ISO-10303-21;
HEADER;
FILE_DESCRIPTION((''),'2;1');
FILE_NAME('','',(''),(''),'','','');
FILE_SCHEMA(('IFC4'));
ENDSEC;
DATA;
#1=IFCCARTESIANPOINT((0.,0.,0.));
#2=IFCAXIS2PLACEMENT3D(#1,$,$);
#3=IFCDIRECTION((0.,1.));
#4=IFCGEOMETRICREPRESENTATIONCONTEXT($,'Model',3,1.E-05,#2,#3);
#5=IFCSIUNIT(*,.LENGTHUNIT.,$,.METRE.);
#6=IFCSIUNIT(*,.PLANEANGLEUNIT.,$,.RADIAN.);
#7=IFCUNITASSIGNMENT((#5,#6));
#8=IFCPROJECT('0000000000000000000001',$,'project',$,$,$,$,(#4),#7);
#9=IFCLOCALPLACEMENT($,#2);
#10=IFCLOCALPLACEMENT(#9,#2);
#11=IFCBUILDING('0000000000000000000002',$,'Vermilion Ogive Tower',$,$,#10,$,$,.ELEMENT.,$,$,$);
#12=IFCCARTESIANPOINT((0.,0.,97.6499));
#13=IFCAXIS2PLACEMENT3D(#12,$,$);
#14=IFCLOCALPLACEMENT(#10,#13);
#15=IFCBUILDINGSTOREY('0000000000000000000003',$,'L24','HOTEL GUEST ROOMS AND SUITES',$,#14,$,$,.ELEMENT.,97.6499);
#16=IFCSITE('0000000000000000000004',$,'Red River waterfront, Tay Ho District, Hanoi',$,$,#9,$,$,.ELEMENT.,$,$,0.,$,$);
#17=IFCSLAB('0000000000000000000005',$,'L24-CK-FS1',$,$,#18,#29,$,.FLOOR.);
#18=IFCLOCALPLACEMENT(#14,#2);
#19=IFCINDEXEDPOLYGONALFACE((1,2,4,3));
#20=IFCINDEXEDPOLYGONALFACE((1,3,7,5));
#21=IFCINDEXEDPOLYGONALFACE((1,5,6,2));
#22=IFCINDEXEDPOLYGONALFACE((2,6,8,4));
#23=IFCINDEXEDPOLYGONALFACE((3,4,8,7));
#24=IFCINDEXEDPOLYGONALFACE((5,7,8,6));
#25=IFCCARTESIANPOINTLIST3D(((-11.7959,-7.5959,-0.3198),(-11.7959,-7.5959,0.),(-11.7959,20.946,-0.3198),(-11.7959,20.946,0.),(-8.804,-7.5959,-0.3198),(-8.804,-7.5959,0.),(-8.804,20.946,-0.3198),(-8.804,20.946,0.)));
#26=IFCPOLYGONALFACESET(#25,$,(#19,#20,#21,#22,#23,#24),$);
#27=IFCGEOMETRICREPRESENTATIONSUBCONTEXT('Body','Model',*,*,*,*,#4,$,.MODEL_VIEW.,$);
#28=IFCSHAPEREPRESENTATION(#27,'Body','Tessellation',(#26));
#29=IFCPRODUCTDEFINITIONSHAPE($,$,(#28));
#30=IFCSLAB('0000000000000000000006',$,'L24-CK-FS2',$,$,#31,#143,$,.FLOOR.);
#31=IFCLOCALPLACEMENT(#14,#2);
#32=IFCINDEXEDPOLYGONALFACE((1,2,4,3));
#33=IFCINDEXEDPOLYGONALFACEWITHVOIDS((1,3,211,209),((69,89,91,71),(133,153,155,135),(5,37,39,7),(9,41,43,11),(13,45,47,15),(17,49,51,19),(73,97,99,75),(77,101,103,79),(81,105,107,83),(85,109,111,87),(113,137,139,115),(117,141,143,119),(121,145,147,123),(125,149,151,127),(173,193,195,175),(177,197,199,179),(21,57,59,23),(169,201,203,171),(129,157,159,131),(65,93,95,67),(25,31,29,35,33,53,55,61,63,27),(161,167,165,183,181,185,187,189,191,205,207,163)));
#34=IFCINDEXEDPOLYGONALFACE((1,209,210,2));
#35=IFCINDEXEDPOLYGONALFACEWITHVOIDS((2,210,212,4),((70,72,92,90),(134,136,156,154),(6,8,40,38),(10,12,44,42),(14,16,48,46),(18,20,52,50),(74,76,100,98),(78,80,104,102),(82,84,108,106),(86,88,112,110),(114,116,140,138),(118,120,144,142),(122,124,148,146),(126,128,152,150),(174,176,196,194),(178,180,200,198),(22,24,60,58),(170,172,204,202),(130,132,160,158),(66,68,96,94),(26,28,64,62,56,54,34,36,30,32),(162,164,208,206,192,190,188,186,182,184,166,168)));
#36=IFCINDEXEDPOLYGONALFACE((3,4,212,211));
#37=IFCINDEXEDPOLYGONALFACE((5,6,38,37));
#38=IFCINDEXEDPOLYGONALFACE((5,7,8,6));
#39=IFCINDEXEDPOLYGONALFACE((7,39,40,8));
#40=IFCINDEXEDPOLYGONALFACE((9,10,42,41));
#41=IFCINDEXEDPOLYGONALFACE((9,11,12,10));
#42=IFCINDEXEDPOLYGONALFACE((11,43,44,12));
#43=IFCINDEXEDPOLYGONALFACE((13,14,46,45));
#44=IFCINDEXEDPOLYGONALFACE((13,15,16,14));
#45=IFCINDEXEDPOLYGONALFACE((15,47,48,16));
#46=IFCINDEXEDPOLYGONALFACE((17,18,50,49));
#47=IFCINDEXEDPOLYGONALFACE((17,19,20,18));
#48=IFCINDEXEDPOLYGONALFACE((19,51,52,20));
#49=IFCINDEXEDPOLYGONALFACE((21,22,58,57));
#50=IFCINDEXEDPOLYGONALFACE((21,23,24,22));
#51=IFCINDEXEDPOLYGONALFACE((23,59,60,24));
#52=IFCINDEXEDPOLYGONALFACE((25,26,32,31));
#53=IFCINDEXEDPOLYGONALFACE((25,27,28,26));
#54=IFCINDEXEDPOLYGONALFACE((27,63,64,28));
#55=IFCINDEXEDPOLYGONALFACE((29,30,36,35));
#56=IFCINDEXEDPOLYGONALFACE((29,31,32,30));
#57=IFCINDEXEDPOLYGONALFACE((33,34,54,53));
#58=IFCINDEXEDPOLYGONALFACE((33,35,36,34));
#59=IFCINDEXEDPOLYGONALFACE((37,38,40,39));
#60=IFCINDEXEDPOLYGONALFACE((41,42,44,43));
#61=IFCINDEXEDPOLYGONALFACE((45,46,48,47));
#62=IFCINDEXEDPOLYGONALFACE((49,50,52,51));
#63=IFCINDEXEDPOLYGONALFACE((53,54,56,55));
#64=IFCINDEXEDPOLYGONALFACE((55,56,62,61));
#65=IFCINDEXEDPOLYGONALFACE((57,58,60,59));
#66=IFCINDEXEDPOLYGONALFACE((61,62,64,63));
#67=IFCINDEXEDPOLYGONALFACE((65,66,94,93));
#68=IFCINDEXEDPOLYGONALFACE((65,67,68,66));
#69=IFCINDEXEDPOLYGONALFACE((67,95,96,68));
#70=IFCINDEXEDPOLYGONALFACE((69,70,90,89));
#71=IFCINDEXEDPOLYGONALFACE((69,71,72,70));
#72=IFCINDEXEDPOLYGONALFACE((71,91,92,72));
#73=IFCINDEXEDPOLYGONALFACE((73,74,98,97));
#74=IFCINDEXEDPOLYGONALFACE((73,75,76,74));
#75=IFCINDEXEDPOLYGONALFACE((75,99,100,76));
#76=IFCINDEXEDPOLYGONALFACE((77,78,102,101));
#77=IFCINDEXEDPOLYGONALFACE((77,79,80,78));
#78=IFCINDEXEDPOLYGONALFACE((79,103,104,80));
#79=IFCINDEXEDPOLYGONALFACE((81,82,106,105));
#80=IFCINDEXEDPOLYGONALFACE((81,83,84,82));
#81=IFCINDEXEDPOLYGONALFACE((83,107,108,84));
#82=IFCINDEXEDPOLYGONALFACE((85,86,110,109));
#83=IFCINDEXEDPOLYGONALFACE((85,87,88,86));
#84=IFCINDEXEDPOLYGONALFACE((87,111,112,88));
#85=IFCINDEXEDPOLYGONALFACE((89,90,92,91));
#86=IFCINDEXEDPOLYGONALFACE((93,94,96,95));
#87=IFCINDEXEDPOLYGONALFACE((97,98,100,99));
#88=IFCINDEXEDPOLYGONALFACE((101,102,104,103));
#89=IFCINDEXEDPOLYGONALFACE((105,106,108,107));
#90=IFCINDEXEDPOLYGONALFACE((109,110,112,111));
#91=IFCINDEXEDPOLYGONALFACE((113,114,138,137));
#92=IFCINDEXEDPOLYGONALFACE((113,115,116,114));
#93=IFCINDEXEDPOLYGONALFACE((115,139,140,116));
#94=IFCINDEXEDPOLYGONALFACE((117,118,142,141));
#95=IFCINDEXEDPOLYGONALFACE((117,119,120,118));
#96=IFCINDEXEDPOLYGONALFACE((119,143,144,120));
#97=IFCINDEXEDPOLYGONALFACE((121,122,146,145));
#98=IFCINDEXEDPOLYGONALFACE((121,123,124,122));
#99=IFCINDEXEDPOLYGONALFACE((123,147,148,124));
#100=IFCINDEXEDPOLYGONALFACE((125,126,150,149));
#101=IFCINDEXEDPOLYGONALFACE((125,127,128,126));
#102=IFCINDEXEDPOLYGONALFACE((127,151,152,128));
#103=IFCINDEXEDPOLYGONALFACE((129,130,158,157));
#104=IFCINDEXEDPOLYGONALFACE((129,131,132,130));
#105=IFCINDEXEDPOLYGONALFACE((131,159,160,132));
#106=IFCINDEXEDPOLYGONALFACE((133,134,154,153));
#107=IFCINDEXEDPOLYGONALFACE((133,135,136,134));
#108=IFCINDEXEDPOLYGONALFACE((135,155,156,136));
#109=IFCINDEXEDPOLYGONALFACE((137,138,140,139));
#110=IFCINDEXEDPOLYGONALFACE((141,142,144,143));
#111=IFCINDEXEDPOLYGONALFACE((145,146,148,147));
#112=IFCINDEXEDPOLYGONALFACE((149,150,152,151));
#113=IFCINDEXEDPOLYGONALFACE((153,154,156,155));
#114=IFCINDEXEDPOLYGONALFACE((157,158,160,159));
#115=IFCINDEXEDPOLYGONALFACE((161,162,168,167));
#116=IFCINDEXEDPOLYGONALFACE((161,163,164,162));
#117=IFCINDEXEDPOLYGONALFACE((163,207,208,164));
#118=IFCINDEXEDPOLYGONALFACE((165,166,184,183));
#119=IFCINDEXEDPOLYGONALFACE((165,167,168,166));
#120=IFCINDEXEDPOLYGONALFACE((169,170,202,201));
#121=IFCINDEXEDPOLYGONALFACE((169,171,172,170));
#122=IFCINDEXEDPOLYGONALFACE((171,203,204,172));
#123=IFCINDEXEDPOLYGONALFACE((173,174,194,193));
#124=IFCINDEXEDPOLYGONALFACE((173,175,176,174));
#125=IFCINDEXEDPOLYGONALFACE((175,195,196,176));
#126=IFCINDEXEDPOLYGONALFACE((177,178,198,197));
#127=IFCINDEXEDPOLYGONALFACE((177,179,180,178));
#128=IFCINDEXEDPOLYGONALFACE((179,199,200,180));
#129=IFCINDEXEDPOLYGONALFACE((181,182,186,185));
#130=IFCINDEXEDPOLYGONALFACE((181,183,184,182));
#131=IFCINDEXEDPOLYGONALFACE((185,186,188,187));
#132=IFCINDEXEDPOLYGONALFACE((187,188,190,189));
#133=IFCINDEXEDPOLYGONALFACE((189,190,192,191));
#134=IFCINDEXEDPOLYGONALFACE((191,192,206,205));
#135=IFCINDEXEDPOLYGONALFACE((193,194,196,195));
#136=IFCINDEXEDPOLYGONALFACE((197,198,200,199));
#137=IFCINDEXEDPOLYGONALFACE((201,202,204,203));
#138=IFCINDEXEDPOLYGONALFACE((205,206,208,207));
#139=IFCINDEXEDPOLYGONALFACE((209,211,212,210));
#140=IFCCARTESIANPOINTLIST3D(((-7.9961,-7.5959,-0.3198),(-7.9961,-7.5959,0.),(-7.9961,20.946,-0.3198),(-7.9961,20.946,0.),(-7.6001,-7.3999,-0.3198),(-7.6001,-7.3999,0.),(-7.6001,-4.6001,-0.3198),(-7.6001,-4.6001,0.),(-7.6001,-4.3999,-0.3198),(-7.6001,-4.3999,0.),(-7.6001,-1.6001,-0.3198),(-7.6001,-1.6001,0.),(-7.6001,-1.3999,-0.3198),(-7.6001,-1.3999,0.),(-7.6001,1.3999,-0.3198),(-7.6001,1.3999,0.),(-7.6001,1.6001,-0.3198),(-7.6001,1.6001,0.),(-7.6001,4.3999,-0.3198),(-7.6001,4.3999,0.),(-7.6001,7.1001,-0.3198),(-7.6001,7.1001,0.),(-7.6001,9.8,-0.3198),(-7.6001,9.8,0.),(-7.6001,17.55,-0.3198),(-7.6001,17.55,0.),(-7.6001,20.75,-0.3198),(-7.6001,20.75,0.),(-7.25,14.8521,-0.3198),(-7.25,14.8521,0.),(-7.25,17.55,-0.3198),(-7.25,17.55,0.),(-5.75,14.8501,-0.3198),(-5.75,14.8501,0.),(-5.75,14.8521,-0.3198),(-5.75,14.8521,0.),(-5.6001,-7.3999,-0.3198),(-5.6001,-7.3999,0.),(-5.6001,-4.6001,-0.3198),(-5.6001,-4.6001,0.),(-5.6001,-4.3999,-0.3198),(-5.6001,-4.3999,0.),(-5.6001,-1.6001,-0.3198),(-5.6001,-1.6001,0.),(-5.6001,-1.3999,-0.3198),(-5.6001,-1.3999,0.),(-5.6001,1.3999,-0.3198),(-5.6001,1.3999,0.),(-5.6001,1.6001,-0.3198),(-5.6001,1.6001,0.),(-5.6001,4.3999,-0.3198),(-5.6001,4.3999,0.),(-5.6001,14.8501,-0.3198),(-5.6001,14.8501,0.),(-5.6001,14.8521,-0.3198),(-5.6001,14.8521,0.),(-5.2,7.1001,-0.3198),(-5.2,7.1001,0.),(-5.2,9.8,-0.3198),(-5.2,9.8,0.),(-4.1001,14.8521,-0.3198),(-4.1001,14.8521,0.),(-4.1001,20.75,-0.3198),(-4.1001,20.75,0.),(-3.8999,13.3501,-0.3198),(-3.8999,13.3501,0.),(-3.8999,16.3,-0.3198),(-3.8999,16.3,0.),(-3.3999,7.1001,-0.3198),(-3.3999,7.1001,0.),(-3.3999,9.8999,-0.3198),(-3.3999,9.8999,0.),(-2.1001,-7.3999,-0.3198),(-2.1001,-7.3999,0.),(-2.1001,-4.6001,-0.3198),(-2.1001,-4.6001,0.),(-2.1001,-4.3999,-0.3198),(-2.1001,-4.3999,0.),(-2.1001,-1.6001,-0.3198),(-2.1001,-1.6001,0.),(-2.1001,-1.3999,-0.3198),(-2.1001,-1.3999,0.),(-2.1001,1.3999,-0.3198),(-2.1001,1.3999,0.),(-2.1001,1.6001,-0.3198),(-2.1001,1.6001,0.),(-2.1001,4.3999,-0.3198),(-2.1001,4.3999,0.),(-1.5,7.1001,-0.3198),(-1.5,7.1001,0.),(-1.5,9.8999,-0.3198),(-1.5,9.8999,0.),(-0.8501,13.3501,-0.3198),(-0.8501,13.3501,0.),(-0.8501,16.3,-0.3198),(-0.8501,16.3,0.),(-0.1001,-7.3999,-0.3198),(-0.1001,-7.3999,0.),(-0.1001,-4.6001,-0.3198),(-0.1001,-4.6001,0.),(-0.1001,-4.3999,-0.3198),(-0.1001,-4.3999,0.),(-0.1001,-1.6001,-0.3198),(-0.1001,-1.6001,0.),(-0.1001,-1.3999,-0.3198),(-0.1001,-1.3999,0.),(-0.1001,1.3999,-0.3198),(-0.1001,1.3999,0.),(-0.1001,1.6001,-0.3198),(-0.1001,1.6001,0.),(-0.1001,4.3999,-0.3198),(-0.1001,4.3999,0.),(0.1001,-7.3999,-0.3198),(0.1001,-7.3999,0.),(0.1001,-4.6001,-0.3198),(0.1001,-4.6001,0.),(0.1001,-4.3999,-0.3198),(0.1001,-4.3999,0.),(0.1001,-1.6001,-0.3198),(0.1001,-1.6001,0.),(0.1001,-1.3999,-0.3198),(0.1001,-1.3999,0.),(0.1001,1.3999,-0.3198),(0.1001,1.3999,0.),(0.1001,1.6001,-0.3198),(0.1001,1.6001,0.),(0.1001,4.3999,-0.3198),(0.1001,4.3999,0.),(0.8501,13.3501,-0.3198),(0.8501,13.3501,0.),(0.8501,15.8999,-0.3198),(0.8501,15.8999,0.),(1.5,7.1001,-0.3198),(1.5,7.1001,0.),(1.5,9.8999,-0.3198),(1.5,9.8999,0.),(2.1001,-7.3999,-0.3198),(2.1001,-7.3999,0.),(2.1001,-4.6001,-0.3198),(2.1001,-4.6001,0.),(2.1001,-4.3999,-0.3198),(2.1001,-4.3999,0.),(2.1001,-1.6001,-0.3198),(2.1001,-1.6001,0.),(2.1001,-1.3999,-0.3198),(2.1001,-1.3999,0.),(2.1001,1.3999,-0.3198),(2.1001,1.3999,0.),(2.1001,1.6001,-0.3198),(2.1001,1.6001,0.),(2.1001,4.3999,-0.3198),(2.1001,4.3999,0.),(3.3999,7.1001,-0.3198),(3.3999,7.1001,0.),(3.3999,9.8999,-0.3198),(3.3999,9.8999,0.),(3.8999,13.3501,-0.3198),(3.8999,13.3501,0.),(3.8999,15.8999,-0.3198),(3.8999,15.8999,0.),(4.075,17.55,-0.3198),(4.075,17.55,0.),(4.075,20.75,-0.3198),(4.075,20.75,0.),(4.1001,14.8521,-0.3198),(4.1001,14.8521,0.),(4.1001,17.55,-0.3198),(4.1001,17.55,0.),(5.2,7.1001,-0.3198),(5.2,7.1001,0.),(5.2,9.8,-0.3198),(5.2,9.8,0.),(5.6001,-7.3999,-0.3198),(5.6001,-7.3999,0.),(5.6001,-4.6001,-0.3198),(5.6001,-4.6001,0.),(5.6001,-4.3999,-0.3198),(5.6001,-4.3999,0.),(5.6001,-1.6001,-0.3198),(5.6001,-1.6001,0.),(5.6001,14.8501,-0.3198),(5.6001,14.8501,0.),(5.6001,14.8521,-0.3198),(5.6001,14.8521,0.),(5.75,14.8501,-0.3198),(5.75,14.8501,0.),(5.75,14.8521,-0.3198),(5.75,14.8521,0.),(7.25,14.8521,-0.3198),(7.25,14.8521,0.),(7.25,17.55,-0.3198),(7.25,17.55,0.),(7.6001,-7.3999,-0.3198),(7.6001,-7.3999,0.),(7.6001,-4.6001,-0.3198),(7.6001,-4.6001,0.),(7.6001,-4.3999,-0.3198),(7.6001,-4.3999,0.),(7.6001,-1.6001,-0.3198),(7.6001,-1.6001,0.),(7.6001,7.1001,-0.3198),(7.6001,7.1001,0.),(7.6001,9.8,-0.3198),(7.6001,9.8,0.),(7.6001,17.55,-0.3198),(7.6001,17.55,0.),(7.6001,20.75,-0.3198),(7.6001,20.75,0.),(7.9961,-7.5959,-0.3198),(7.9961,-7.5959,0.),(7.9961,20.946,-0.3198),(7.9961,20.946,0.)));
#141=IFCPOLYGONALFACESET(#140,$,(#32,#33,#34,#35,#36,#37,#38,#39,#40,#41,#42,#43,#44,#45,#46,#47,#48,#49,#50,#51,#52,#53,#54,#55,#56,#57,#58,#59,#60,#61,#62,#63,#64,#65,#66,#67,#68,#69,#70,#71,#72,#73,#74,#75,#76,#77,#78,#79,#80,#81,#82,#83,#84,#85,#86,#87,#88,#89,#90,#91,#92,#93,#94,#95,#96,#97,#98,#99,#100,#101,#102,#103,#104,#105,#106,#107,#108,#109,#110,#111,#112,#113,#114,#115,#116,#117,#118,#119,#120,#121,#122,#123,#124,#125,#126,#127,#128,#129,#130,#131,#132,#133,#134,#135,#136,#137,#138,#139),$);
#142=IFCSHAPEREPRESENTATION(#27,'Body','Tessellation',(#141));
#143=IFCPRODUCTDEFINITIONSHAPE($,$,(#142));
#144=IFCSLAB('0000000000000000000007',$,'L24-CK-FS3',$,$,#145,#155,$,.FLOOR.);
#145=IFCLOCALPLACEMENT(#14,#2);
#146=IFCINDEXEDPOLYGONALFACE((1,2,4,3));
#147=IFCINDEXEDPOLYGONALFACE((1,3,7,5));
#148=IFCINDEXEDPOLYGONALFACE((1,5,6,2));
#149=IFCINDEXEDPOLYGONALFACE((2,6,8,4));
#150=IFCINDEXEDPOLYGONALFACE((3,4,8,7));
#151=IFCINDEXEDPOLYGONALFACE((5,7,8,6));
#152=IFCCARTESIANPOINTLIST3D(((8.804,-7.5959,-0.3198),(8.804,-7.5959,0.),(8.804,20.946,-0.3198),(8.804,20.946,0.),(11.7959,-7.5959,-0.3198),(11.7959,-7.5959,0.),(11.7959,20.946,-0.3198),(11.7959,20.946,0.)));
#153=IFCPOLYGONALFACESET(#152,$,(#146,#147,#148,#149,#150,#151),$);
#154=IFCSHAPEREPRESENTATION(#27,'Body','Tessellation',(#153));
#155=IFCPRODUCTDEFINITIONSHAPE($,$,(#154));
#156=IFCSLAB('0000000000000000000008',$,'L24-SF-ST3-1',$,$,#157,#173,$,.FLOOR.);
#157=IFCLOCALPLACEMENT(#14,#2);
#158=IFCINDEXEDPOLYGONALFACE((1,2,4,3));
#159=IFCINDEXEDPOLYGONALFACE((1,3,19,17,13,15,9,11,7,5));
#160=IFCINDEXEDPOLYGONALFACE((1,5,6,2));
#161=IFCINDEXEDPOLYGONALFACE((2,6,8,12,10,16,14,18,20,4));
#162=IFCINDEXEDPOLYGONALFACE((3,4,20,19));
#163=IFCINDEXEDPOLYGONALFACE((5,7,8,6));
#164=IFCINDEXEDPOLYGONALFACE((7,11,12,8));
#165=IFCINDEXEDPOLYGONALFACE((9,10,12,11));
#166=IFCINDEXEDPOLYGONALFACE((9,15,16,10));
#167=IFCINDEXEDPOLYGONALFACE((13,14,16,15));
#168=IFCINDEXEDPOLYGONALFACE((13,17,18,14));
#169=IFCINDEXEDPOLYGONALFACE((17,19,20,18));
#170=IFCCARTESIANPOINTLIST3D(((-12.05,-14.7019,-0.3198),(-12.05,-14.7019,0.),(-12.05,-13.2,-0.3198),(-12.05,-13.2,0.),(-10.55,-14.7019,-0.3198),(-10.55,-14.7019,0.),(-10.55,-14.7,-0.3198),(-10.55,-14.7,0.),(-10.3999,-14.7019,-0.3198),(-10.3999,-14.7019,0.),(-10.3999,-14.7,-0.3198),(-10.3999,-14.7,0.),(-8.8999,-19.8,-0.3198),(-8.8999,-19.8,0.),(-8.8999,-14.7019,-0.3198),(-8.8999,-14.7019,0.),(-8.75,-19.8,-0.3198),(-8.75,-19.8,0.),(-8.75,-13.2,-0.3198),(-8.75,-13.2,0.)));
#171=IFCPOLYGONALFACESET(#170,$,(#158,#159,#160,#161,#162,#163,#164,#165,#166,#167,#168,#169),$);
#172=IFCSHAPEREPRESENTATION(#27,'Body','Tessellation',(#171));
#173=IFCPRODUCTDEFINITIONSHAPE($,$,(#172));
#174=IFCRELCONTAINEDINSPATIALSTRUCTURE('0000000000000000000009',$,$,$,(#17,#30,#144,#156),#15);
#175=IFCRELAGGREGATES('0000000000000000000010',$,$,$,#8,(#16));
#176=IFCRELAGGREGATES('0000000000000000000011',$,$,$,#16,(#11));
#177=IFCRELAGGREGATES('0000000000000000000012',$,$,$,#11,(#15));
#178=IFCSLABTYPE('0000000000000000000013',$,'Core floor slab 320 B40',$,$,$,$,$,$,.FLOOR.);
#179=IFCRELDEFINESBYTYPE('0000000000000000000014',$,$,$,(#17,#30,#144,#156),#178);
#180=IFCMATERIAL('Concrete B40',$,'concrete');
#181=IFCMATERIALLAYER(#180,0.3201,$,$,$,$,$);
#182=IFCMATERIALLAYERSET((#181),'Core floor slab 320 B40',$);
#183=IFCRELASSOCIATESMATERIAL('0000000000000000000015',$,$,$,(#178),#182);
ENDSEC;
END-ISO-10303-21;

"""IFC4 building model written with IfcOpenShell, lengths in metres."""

from ifc_helpers import new_model, si_unit, direction, frame, origin, place, context, subcontext, project, spatial, polyline, outline, extrude, material, layer, layer_set, type_object, element, save


model = new_model("IFC4")

# Units and contexts
model_context = context("Model", 3, precision=1e-05, world=origin(), true_north=direction((0.0, 1.0)))
body_context = subcontext(model_context, "Body", "Model", "MODEL_VIEW")
ifc_project = project(units=[si_unit("LENGTHUNIT", "METRE"), si_unit("PLANEANGLEUNIT", "RADIAN")], contexts=[model_context])

# Site, building, storey
site_placement = place(None, origin())
site = spatial("IfcSite", under=ifc_project, at=site_placement, Name="Red River waterfront, Tay Ho District, Hanoi", CompositionType="ELEMENT", RefElevation=0.0)
building_placement = place(site_placement, origin())
building = spatial("IfcBuilding", under=site, at=building_placement, Name="Vermilion Ogive Tower", CompositionType="ELEMENT")
storey_placement = place(building_placement, frame((0.0, 0.0, 97.6499)))
storey = spatial("IfcBuildingStorey", under=building, at=storey_placement, Name="L24", Description="HOTEL GUEST ROOMS AND SUITES", CompositionType="ELEMENT", Elevation=97.6499)

# Slabs
ifc_material_1 = material(Name="Concrete B40", Category="concrete")
ifc_layer_1 = layer(ifc_material_1, 0.3201)
ifc_layer_set_1 = layer_set([ifc_layer_1], Name="Core floor slab 320 B40")
slab_type_1 = type_object("IfcSlabType", Name="Core floor slab 320 B40", PredefinedType="FLOOR", material=ifc_layer_set_1)
slab_1_placement = place(storey_placement, frame((0.0, 0.0, -0.3198)))
element("IfcSlab", 1, at=slab_1_placement, inside=storey, type_object=slab_type_1, Name="L24-CK-FS1", PredefinedType="FLOOR", context=body_context, shape_type="SweptSolid", body=[
    extrude(outline(polyline([(-8.804, 20.946), (-8.804, -7.5959), (-11.7959, -7.5959), (-11.7959, 20.946), (-8.804, 20.946)])), origin(), (0.0, 0.0, 1.0), 0.3198),
])
slab_2_placement = place(storey_placement, frame((0.0, 0.0, -0.3198)))
element("IfcSlab", 2, at=slab_2_placement, inside=storey, type_object=slab_type_1, Name="L24-CK-FS2", PredefinedType="FLOOR", context=body_context, shape_type="SweptSolid", body=[
    extrude(outline(polyline([(-7.9961, 20.946), (-7.9961, -7.5959), (7.9961, -7.5959), (7.9961, 20.946), (-7.9961, 20.946)]), holes=[polyline([(-7.6001, -4.6001), (-5.6001, -4.6001), (-5.6001, -7.3999), (-7.6001, -7.3999), (-7.6001, -4.6001)]), polyline([(-2.1001, -4.6001), (-0.1001, -4.6001), (-0.1001, -7.3999), (-2.1001, -7.3999), (-2.1001, -4.6001)]), polyline([(-7.6001, -4.3999), (-7.6001, -1.6001), (-5.6001, -1.6001), (-5.6001, -4.3999), (-7.6001, -4.3999)]), polyline([(-2.1001, -1.6001), (-0.1001, -1.6001), (-0.1001, -4.3999), (-2.1001, -4.3999), (-2.1001, -1.6001)]), polyline([(-7.6001, -1.3999), (-7.6001, 1.3999), (-5.6001, 1.3999), (-5.6001, -1.3999), (-7.6001, -1.3999)]), polyline([(-2.1001, 1.3999), (-0.1001, 1.3999), (-0.1001, -1.3999), (-2.1001, -1.3999), (-2.1001, 1.3999)]), polyline([(-7.6001, 4.3999), (-5.6001, 4.3999), (-5.6001, 1.6001), (-7.6001, 1.6001), (-7.6001, 4.3999)]), polyline([(-2.1001, 4.3999), (-0.1001, 4.3999), (-0.1001, 1.6001), (-2.1001, 1.6001), (-2.1001, 4.3999)]), polyline([(-7.6001, 9.8), (-5.2, 9.8), (-5.2, 7.1001), (-7.6001, 7.1001), (-7.6001, 9.8)]), polyline([(-3.3999, 9.8999), (-1.5, 9.8999), (-1.5, 7.1001), (-3.3999, 7.1001), (-3.3999, 9.8999)]), polyline([(-3.8999, 16.3), (-0.8501, 16.3), (-0.8501, 13.3501), (-3.8999, 13.3501), (-3.8999, 16.3)]), polyline([(-7.6001, 17.55), (-7.6001, 20.75), (-4.1001, 20.75), (-4.1001, 14.8521), (-5.6001, 14.8521), (-5.6001, 14.8501), (-5.75, 14.8501), (-5.75, 14.8521), (-7.25, 14.8521), (-7.25, 17.55), (-7.6001, 17.55)]), polyline([(0.1001, -4.6001), (2.1001, -4.6001), (2.1001, -7.3999), (0.1001, -7.3999), (0.1001, -4.6001)]), polyline([(5.6001, -4.6001), (7.6001, -4.6001), (7.6001, -7.3999), (5.6001, -7.3999), (5.6001, -4.6001)]), polyline([(0.1001, -1.6001), (2.1001, -1.6001), (2.1001, -4.3999), (0.1001, -4.3999), (0.1001, -1.6001)]), polyline([(5.6001, -1.6001), (7.6001, -1.6001), (7.6001, -4.3999), (5.6001, -4.3999), (5.6001, -1.6001)]), polyline([(0.1001, 1.3999), (2.1001, 1.3999), (2.1001, -1.3999), (0.1001, -1.3999), (0.1001, 1.3999)]), polyline([(0.1001, 4.3999), (2.1001, 4.3999), (2.1001, 1.6001), (0.1001, 1.6001), (0.1001, 4.3999)]), polyline([(5.2, 9.8), (7.6001, 9.8), (7.6001, 7.1001), (5.2, 7.1001), (5.2, 9.8)]), polyline([(1.5, 9.8999), (3.3999, 9.8999), (3.3999, 7.1001), (1.5, 7.1001), (1.5, 9.8999)]), polyline([(0.8501, 15.8999), (3.8999, 15.8999), (3.8999, 13.3501), (0.8501, 13.3501), (0.8501, 15.8999)]), polyline([(5.75, 14.8501), (5.6001, 14.8501), (5.6001, 14.8521), (4.1001, 14.8521), (4.1001, 17.55), (4.075, 17.55), (4.075, 20.75), (7.6001, 20.75), (7.6001, 17.55), (7.25, 17.55), (7.25, 14.8521), (5.75, 14.8521), (5.75, 14.8501)])]), origin(), (0.0, 0.0, 1.0), 0.3198),
])
slab_3_placement = place(storey_placement, frame((0.0, 0.0, -0.3198)))
element("IfcSlab", 3, at=slab_3_placement, inside=storey, type_object=slab_type_1, Name="L24-CK-FS3", PredefinedType="FLOOR", context=body_context, shape_type="SweptSolid", body=[
    extrude(outline(polyline([(11.7959, -7.5959), (8.804, -7.5959), (8.804, 20.946), (11.7959, 20.946), (11.7959, -7.5959)])), origin(), (0.0, 0.0, 1.0), 0.3198),
])
slab_4_placement = place(storey_placement, frame((0.0, 0.0, -0.3198)))
element("IfcSlab", 4, at=slab_4_placement, inside=storey, type_object=slab_type_1, Name="L24-SF-ST3-1", PredefinedType="FLOOR", context=body_context, shape_type="SweptSolid", body=[
    extrude(outline(polyline([(-12.05, -13.2), (-12.05, -14.7019), (-10.55, -14.7019), (-10.55, -14.7), (-10.3999, -14.7), (-10.3999, -14.7019), (-8.8999, -14.7019), (-8.8999, -19.8), (-8.75, -19.8), (-8.75, -13.2), (-12.05, -13.2)])), origin(), (0.0, 0.0, 1.0), 0.3198),
])

save(model, "model.ifc")
